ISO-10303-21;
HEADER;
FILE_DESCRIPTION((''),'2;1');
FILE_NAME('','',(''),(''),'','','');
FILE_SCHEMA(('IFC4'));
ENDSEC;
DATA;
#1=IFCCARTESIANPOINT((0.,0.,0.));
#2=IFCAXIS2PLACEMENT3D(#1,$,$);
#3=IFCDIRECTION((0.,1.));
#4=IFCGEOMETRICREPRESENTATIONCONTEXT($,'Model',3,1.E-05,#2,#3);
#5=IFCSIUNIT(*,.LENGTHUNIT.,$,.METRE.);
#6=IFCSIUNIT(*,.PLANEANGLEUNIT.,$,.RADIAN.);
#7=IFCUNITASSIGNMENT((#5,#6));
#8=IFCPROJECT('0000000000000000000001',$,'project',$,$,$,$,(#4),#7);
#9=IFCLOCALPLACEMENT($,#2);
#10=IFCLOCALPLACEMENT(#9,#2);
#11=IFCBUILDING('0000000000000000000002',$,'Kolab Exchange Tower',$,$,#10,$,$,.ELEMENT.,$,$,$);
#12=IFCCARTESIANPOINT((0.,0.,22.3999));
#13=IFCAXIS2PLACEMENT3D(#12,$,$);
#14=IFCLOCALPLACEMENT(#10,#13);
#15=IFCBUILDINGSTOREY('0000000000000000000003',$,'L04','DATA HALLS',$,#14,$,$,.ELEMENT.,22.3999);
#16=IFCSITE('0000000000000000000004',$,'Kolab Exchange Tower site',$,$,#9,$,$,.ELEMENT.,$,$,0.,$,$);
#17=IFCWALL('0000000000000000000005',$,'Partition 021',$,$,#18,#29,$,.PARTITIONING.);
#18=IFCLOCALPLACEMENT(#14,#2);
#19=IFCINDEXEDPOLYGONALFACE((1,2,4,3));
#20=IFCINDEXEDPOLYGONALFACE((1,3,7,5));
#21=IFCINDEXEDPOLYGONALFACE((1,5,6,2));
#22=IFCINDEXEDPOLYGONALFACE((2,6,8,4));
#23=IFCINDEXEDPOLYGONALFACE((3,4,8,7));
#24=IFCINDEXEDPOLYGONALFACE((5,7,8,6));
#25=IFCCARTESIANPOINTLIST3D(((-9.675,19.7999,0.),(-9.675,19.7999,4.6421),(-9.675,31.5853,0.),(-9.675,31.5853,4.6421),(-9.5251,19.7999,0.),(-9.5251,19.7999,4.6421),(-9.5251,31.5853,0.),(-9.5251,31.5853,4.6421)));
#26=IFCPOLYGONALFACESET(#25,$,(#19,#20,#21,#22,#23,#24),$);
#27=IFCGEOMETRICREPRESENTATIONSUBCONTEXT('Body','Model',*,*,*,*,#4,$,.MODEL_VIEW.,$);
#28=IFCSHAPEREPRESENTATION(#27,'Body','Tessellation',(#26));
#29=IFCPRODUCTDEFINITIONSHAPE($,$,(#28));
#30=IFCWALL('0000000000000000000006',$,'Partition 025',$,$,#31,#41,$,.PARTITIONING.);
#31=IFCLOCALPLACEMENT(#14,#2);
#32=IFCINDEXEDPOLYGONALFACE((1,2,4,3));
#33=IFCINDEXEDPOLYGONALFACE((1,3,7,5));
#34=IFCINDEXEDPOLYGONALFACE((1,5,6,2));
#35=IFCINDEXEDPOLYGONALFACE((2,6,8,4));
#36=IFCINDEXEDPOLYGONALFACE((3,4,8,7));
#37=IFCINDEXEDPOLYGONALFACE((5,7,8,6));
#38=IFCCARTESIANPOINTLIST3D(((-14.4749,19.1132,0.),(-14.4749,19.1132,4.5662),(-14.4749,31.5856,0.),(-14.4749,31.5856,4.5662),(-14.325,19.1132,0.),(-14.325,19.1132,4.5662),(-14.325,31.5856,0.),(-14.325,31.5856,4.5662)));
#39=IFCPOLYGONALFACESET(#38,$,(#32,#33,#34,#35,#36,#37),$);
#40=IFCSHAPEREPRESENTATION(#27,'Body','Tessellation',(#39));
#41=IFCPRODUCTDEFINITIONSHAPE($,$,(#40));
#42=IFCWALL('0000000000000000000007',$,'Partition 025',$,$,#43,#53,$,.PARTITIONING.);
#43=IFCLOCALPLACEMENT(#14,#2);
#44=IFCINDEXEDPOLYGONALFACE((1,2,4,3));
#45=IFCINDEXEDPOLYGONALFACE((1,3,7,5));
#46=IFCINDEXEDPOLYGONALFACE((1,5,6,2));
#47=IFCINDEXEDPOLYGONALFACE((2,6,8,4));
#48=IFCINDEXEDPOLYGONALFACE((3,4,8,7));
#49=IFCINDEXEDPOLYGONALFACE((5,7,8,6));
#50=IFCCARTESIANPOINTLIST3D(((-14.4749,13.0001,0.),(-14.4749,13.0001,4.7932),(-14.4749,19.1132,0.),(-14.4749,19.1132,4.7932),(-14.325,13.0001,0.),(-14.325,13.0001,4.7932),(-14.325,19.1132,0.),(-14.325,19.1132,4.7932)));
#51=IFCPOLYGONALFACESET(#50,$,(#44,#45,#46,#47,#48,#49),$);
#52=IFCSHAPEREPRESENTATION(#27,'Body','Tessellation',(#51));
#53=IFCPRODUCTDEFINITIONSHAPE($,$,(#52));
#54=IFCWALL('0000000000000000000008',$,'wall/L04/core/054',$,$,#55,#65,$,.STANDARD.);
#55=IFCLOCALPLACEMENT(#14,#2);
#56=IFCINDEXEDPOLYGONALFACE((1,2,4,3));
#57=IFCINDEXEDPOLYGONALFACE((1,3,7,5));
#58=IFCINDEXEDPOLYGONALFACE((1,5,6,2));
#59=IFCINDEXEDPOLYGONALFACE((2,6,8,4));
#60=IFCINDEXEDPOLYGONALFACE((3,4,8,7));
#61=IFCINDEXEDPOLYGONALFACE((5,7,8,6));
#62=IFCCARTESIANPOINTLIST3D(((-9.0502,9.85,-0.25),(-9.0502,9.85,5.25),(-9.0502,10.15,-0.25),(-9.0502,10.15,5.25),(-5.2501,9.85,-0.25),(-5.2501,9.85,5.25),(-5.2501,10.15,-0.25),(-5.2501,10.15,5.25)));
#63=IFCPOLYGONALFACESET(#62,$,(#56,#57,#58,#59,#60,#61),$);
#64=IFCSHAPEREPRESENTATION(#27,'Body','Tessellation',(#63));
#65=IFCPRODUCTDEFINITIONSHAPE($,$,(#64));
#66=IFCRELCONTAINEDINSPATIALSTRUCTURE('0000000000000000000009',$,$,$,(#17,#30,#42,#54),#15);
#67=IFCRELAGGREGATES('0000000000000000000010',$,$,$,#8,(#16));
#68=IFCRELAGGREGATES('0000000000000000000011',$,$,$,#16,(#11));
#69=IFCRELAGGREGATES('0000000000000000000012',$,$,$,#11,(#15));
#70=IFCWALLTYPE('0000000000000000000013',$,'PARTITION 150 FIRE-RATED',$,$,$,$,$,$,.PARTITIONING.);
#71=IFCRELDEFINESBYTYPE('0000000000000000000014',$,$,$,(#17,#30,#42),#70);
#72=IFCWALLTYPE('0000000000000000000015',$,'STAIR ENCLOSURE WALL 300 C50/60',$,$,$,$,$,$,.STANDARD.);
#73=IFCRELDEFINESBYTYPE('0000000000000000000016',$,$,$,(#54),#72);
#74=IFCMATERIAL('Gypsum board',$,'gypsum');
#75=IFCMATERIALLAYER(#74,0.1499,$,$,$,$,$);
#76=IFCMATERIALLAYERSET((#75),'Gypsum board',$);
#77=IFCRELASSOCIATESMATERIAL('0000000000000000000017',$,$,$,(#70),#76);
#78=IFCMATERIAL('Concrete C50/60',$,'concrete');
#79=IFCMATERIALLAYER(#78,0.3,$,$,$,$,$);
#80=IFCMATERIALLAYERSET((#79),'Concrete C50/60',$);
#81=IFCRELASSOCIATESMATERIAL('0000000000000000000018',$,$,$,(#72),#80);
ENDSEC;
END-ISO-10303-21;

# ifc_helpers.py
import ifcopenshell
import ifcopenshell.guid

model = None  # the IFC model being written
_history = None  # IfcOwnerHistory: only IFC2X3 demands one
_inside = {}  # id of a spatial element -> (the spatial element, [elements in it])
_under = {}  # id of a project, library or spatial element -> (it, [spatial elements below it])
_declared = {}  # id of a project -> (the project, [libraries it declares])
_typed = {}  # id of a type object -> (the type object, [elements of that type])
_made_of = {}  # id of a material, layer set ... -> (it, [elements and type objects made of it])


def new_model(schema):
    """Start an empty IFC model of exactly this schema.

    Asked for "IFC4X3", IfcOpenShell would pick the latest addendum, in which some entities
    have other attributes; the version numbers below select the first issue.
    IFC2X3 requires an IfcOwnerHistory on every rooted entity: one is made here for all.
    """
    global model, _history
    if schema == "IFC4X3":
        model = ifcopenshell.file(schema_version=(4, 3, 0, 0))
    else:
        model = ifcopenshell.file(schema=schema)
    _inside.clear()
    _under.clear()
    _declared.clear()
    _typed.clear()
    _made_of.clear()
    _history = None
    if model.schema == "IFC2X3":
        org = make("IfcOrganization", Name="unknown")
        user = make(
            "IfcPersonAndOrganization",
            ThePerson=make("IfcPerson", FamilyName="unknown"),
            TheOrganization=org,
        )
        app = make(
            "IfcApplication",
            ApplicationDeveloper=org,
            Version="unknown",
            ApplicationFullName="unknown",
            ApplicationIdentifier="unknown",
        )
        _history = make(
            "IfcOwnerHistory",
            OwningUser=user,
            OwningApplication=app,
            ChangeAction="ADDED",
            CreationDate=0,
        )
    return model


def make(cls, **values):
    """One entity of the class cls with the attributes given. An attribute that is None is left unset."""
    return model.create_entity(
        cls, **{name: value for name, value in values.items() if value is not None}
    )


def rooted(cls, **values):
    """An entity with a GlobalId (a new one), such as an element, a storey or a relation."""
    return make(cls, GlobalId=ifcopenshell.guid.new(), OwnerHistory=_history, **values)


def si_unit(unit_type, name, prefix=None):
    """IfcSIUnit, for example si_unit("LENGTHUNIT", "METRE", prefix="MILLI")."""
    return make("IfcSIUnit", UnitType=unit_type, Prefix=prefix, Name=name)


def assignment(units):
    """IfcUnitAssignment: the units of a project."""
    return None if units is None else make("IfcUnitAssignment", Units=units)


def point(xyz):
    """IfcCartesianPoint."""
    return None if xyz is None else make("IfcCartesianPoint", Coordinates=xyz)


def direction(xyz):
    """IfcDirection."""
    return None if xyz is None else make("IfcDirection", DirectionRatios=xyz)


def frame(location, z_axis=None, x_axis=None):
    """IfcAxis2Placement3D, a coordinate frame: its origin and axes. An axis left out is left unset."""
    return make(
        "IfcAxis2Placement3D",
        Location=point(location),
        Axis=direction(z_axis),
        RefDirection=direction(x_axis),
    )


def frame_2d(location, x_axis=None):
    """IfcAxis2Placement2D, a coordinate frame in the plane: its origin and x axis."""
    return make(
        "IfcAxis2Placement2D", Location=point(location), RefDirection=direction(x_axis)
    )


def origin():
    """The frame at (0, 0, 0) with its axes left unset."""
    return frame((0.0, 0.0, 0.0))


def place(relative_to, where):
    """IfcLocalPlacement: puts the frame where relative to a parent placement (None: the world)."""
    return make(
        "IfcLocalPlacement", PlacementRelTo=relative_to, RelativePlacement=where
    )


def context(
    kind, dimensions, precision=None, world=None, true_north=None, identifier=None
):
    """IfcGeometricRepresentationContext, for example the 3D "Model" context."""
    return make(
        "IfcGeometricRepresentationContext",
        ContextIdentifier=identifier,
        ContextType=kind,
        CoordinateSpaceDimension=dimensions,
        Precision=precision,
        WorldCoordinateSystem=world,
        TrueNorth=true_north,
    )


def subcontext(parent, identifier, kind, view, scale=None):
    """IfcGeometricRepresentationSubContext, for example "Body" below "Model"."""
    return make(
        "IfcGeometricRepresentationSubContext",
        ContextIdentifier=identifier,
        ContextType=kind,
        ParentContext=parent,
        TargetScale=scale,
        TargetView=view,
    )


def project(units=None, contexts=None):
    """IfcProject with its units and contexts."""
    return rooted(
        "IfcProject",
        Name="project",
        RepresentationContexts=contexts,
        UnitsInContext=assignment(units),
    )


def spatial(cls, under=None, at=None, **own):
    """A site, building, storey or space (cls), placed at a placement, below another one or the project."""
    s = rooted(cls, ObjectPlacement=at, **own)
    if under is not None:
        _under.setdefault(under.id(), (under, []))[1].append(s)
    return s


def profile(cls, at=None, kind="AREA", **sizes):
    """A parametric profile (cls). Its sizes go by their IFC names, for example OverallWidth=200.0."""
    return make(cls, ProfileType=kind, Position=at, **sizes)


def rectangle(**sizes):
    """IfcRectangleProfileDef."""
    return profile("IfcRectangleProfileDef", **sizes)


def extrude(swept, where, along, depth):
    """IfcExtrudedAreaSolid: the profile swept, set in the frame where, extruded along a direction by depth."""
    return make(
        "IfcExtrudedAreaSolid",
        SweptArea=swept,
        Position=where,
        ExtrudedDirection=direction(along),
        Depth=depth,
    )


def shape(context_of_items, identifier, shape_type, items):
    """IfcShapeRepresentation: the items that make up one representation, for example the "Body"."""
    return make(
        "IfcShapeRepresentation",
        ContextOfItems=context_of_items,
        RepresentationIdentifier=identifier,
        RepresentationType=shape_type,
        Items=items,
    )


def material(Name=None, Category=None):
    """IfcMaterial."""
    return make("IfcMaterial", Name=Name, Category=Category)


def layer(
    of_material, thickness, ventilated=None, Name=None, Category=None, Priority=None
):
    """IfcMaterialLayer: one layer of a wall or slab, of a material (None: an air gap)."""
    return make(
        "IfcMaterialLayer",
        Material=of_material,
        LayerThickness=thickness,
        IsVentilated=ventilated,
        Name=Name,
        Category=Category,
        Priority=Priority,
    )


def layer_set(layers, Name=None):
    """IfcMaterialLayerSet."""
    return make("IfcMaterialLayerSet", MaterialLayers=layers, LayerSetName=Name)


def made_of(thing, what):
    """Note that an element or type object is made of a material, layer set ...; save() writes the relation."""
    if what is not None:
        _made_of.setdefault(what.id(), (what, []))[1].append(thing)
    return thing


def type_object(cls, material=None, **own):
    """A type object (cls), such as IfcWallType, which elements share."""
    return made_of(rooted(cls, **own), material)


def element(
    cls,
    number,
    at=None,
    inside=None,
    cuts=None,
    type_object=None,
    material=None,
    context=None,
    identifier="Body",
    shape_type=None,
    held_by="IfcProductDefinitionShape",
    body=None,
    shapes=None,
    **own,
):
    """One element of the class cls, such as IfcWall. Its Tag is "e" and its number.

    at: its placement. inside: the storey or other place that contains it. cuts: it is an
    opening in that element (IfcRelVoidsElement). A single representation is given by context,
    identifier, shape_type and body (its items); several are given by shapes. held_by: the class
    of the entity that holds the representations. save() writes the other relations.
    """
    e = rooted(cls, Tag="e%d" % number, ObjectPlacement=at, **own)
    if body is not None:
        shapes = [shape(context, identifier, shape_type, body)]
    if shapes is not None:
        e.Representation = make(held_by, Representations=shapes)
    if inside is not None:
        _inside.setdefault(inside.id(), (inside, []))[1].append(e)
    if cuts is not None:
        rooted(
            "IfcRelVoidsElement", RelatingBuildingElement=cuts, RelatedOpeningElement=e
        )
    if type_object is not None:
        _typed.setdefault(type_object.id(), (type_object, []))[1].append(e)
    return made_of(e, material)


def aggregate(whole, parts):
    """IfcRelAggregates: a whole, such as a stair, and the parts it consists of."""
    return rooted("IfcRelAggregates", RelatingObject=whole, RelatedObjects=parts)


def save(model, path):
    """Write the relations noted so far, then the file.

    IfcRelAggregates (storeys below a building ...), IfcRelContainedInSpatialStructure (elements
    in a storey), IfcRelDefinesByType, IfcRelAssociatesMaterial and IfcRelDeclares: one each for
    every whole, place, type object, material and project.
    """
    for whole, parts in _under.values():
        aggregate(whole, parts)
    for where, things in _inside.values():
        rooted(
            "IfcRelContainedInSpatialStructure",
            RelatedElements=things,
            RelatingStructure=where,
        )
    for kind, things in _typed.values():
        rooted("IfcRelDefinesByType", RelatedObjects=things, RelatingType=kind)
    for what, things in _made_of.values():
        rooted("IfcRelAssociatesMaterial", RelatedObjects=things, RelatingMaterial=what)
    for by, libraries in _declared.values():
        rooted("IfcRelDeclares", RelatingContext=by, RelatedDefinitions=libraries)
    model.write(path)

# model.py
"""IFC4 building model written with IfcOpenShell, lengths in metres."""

from ifc_helpers import new_model, si_unit, direction, frame, frame_2d, origin, place, context, subcontext, project, spatial, rectangle, extrude, material, layer, layer_set, type_object, element, save


model = new_model("IFC4")

# Units and contexts
model_context = context("Model", 3, precision=1e-05, world=origin(), true_north=direction((0.0, 1.0)))
body_context = subcontext(model_context, "Body", "Model", "MODEL_VIEW")
ifc_project = project(units=[si_unit("LENGTHUNIT", "METRE"), si_unit("PLANEANGLEUNIT", "RADIAN")], contexts=[model_context])

# Site, building, storey
site_placement = place(None, origin())
site = spatial("IfcSite", under=ifc_project, at=site_placement, Name="Kolab Exchange Tower site", CompositionType="ELEMENT", RefElevation=0.0)
building_placement = place(site_placement, origin())
building = spatial("IfcBuilding", under=site, at=building_placement, Name="Kolab Exchange Tower", CompositionType="ELEMENT")
storey_placement = place(building_placement, frame((0.0, 0.0, 22.3999)))
storey = spatial("IfcBuildingStorey", under=building, at=storey_placement, Name="L04", Description="DATA HALLS", CompositionType="ELEMENT", Elevation=22.3999)

# Walls
ifc_material_1 = material(Name="Gypsum board", Category="gypsum")
ifc_layer_1 = layer(ifc_material_1, 0.1499)
ifc_layer_set_1 = layer_set([ifc_layer_1], Name="Gypsum board")
wall_type_1 = type_object("IfcWallType", Name="PARTITION 150 FIRE-RATED", PredefinedType="PARTITIONING", material=ifc_layer_set_1)
wall_1_placement = place(storey_placement, frame((-9.6001, 19.8, 0.0), z_axis=(0.0, 0.0, 1.0), x_axis=(0.0, 1.0, 0.0)))
element("IfcWall", 1, at=wall_1_placement, inside=storey, type_object=wall_type_1, Name="Partition 021", PredefinedType="PARTITIONING", context=body_context, shape_type="SweptSolid", body=[
    extrude(rectangle(XDim=11.7854, YDim=0.1499, at=frame_2d((5.8926, 0.0))), origin(), (0.0, 0.0, 1.0), 4.6421),
])
wall_2_placement = place(storey_placement, frame((-14.3999, 19.113, 0.0), z_axis=(0.0, 0.0, 1.0), x_axis=(0.0, 1.0, 0.0)))
element("IfcWall", 2, at=wall_2_placement, inside=storey, type_object=wall_type_1, Name="Partition 025", PredefinedType="PARTITIONING", context=body_context, shape_type="SweptSolid", body=[
    extrude(rectangle(XDim=12.4724, YDim=0.1499, at=frame_2d((6.2363, 0.0))), origin(), (0.0, 0.0, 1.0), 4.5662),
])
wall_3_placement = place(storey_placement, frame((-14.3999, 13.0, 0.0), z_axis=(0.0, 0.0, 1.0), x_axis=(0.0, 1.0, 0.0)))
element("IfcWall", 3, at=wall_3_placement, inside=storey, type_object=wall_type_1, Name="Partition 025", PredefinedType="PARTITIONING", context=body_context, shape_type="SweptSolid", body=[
    extrude(rectangle(XDim=6.113, YDim=0.1499, at=frame_2d((3.0566, 0.0))), origin(), (0.0, 0.0, 1.0), 4.7932),
])
ifc_material_2 = material(Name="Concrete C50/60", Category="concrete")
ifc_layer_2 = layer(ifc_material_2, 0.3)
ifc_layer_set_2 = layer_set([ifc_layer_2], Name="Concrete C50/60")
wall_type_2 = type_object("IfcWallType", Name="STAIR ENCLOSURE WALL 300 C50/60", PredefinedType="STANDARD", material=ifc_layer_set_2)
wall_4_placement = place(storey_placement, frame((-9.05, 10.0, -0.25), z_axis=(0.0, 0.0, 1.0), x_axis=(1.0, 0.0, 0.0)))
element("IfcWall", 4, at=wall_4_placement, inside=storey, type_object=wall_type_2, Name="wall/L04/core/054", PredefinedType="STANDARD", context=body_context, shape_type="SweptSolid", body=[
    extrude(rectangle(XDim=3.8, YDim=0.3, at=frame_2d((1.8999, 0.0))), origin(), (0.0, 0.0, 1.0), 5.5),
])

save(model, "model.ifc")
